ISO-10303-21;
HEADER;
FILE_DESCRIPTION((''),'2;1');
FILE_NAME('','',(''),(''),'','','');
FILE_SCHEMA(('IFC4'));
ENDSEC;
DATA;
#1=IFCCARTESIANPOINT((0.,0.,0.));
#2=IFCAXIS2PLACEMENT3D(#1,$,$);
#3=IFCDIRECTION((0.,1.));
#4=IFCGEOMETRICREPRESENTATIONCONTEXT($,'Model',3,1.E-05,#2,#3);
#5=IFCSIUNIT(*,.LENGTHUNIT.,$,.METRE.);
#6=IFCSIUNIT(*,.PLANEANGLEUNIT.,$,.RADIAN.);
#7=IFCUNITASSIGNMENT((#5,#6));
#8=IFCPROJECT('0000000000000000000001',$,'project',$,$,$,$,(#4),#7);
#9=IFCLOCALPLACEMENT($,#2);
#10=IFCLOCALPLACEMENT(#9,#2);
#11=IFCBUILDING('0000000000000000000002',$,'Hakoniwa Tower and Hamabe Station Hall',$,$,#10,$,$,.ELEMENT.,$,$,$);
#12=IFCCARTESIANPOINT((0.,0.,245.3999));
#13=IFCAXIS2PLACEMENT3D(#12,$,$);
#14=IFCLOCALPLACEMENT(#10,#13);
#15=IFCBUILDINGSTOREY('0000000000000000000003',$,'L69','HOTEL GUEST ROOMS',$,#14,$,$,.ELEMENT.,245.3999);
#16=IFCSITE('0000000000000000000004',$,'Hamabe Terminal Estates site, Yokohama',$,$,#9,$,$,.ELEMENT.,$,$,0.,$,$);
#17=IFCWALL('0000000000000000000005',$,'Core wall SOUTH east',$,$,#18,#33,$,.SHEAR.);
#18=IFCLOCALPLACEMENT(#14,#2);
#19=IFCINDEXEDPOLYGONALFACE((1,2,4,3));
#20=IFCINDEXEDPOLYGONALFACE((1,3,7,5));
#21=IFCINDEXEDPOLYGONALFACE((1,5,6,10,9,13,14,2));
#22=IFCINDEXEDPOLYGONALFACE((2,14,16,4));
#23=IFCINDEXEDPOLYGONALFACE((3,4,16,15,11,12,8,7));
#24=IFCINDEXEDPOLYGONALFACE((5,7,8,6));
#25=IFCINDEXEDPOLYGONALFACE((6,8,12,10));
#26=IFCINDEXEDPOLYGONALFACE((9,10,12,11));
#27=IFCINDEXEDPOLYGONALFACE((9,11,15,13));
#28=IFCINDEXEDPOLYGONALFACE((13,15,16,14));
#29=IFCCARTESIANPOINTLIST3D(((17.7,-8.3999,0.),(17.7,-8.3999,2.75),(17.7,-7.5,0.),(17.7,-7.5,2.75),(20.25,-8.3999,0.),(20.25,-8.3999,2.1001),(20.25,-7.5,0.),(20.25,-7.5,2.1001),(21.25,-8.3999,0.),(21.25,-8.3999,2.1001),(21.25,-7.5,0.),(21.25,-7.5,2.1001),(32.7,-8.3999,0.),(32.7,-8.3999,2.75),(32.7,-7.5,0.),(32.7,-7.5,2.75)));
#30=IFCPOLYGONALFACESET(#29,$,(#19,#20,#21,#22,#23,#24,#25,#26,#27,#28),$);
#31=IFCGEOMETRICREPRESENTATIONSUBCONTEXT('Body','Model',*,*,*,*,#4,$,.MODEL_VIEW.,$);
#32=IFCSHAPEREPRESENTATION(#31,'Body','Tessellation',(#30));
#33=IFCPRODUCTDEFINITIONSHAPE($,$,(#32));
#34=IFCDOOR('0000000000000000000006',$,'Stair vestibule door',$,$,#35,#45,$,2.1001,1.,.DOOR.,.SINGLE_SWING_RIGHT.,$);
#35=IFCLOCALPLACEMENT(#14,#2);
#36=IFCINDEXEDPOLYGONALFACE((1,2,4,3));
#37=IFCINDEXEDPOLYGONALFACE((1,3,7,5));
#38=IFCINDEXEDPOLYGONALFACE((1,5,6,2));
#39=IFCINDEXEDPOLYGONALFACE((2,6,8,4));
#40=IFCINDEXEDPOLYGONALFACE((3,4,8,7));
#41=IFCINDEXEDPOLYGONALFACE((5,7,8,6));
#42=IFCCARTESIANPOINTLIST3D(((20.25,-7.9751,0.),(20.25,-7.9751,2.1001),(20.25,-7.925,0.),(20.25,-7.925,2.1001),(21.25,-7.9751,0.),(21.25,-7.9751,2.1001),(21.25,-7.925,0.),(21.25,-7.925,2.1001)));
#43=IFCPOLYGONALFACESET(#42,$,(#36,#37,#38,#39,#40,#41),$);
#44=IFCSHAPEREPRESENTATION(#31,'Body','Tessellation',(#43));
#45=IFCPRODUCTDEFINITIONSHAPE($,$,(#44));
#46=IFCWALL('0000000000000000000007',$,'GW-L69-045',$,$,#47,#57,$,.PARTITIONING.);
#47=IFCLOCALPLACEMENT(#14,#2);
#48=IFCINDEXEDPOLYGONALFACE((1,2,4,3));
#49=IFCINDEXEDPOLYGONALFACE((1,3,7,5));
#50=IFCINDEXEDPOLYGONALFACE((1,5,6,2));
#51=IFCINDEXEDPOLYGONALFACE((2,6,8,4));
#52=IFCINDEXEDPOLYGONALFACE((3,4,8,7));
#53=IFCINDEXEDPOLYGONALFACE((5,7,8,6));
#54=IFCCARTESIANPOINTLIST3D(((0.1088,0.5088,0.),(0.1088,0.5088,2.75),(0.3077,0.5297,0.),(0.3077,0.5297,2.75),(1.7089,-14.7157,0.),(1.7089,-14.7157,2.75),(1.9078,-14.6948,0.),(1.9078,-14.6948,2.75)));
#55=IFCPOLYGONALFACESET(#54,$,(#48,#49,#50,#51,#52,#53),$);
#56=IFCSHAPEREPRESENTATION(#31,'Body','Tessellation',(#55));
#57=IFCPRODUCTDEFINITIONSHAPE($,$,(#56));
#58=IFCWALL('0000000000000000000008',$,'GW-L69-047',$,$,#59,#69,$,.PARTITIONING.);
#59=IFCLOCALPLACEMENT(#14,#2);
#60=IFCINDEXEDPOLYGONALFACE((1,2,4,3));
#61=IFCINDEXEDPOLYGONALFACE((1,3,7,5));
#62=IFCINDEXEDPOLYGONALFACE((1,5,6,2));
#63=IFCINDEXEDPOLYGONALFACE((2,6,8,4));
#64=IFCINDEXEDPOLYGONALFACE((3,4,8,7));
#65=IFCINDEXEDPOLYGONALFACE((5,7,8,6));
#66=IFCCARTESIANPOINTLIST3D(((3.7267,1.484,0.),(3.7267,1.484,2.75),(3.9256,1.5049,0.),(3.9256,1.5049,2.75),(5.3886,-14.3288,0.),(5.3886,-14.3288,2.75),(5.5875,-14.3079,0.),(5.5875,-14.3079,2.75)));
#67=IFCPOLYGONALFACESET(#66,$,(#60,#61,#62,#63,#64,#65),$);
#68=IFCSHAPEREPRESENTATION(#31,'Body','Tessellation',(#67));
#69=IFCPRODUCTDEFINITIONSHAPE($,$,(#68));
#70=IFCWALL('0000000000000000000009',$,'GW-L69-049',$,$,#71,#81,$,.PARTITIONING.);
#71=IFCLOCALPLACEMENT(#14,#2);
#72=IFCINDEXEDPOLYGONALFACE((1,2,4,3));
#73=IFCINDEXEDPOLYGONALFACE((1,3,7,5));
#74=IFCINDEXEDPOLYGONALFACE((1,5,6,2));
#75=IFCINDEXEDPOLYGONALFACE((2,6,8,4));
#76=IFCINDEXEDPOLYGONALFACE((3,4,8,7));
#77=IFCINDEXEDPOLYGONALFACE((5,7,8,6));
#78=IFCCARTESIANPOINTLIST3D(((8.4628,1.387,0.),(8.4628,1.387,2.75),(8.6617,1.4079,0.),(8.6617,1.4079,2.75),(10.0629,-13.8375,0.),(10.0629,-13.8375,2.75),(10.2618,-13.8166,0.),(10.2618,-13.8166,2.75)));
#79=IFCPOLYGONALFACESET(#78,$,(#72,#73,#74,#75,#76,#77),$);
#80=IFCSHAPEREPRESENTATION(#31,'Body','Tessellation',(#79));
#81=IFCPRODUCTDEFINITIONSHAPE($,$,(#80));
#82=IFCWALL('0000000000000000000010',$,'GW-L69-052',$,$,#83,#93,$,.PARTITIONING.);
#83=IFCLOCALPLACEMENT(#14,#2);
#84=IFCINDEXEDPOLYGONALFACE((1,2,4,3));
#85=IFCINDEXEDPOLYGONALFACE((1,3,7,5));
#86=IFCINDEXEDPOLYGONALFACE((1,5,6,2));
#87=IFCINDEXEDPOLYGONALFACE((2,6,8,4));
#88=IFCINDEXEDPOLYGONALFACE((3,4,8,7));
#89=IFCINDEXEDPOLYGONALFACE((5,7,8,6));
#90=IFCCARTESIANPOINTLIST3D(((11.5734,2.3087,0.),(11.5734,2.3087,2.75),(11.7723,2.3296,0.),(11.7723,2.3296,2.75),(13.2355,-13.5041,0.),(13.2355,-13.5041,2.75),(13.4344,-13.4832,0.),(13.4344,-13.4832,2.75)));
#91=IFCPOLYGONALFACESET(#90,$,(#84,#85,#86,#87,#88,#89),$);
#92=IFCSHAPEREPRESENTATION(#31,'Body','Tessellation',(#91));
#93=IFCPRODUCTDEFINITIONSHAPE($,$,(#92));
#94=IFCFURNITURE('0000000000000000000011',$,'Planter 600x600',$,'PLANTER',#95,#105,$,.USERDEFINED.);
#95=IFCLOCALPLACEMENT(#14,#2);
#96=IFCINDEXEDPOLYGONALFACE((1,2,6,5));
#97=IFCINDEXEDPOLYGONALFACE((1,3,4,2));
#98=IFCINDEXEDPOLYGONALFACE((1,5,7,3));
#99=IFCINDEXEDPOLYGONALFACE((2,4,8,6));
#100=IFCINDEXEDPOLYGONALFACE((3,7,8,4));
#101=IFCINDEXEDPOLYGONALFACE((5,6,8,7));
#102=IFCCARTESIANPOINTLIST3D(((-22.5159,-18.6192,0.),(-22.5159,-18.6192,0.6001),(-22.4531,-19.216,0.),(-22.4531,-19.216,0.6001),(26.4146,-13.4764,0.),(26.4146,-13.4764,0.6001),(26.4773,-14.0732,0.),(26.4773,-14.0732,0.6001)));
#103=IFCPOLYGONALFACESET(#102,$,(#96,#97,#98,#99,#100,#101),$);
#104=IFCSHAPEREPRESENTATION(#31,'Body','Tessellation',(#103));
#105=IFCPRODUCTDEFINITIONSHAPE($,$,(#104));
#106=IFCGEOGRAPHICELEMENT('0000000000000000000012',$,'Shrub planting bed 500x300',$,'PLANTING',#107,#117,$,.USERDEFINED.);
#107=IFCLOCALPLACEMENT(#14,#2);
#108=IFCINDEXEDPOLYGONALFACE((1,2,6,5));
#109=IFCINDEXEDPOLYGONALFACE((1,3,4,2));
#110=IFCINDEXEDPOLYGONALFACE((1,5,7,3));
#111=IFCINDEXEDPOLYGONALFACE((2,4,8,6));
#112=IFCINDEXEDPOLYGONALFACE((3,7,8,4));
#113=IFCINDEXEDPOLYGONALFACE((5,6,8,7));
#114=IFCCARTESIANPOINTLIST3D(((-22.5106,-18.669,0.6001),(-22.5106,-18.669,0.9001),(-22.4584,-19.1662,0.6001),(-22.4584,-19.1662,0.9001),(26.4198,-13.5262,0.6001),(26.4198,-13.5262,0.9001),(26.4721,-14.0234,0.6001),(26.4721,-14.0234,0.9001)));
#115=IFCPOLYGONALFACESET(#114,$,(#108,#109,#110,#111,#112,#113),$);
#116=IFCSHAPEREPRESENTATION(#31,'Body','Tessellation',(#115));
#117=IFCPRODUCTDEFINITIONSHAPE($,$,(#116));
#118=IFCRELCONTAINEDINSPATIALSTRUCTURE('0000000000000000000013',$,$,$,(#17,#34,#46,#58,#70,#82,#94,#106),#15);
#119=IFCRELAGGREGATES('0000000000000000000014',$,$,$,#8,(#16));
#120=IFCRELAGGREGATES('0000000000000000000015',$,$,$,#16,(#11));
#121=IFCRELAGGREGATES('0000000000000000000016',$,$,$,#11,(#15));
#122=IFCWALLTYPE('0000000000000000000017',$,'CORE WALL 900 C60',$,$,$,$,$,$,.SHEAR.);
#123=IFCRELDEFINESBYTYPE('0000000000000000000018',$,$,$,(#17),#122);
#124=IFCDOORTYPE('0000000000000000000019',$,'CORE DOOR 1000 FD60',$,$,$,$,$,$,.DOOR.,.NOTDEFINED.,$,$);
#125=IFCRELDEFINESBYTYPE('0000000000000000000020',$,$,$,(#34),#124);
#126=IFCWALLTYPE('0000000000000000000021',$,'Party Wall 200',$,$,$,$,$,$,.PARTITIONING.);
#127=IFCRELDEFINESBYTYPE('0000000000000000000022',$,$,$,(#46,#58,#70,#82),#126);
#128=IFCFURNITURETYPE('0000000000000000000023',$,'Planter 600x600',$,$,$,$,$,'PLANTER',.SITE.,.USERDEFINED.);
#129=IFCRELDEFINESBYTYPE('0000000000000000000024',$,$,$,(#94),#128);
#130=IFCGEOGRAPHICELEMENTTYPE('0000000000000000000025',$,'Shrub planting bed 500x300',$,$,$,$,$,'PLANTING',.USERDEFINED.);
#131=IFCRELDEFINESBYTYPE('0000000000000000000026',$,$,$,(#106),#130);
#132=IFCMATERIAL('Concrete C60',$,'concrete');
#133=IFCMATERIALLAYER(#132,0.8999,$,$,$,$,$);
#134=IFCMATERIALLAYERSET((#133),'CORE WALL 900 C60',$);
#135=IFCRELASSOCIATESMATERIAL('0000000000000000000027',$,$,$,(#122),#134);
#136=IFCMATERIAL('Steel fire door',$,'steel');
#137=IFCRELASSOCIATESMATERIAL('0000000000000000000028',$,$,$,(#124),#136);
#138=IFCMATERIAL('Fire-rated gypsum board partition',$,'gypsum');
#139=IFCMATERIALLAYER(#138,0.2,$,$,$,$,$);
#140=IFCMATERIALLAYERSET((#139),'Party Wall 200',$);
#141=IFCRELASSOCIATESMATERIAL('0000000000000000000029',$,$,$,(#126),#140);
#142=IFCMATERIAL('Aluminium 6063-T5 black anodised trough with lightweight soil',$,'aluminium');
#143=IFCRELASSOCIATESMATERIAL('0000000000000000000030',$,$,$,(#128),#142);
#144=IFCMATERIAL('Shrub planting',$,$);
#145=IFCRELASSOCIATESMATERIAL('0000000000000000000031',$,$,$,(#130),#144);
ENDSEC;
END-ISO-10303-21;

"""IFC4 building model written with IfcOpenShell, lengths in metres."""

from ifc_helpers import new_model, si_unit, direction, frame, frame_2d, origin, origin_2d, place, context, subcontext, project, spatial, rectangle, extrude, material, layer, layer_set, type_object, element, fill, save


model = new_model("IFC4")

# Units and contexts
model_context = context("Model", 3, precision=1e-05, world=origin(), true_north=direction((0.0, 1.0)))
body_context = subcontext(model_context, "Body", "Model", "MODEL_VIEW")
ifc_project = project(units=[si_unit("LENGTHUNIT", "METRE"), si_unit("PLANEANGLEUNIT", "RADIAN")], contexts=[model_context])

# Site, building, storey
site_placement = place(None, origin())
site = spatial("IfcSite", under=ifc_project, at=site_placement, Name="Hamabe Terminal Estates site, Yokohama", CompositionType="ELEMENT", RefElevation=0.0)
building_placement = place(site_placement, origin())
building = spatial("IfcBuilding", under=site, at=building_placement, Name="Hakoniwa Tower and Hamabe Station Hall", CompositionType="ELEMENT")
storey_placement = place(building_placement, frame((0.0, 0.0, 245.3999)))
storey = spatial("IfcBuildingStorey", under=building, at=storey_placement, Name="L69", Description="HOTEL GUEST ROOMS", CompositionType="ELEMENT", Elevation=245.3999)

# Wall, opening, door
ifc_material_1 = material(Name="Concrete C60", Category="concrete")
ifc_layer_1 = layer(ifc_material_1, 0.8999)
ifc_layer_set_1 = layer_set([ifc_layer_1], Name="CORE WALL 900 C60")
wall_type_1 = type_object("IfcWallType", Name="CORE WALL 900 C60", PredefinedType="SHEAR", material=ifc_layer_set_1)
wall_1_placement = place(storey_placement, frame((17.7, -7.95, 0.0), z_axis=(0.0, 0.0, 1.0), x_axis=(1.0, 0.0, 0.0)))
wall_1 = element("IfcWall", 1, at=wall_1_placement, inside=storey, type_object=wall_type_1, Name="Core wall SOUTH east", PredefinedType="SHEAR", context=body_context, shape_type="SweptSolid", body=[
    extrude(rectangle(XDim=15.0, YDim=0.8999, at=frame_2d((7.5, 0.0))), origin(), (0.0, 0.0, 1.0), 2.75),
])
opening_1_placement = place(wall_1_placement, frame((2.55, 0.0, 0.0)))
opening_1 = element("IfcOpeningElement", 2, at=opening_1_placement, cuts=wall_1, PredefinedType="OPENING", context=body_context, shape_type="SweptSolid", body=[
    extrude(rectangle(XDim=1.0, YDim=2.1001, at=frame_2d((0.5, 1.05))), frame((0.0, 0.46, 0.0), z_axis=(0.0, -1.0, 0.0), x_axis=(1.0, 0.0, 0.0)), (0.0, 0.0, 1.0), 0.9199),
])
ifc_material_2 = material(Name="Steel fire door", Category="steel")
door_type_1 = type_object("IfcDoorType", Name="CORE DOOR 1000 FD60", OperationType="NOTDEFINED", PredefinedType="DOOR", material=ifc_material_2)
door_1_placement = place(opening_1_placement, origin())
door_1 = element("IfcDoor", 3, at=door_1_placement, inside=storey, type_object=door_type_1, Name="Stair vestibule door", OperationType="SINGLE_SWING_RIGHT", OverallHeight=2.1001, OverallWidth=1.0, PredefinedType="DOOR", context=body_context, shape_type="SweptSolid", body=[
    extrude(rectangle(XDim=1.0, YDim=2.1001, at=frame_2d((0.5, 1.05))), frame((0.0, 0.0249, 0.0), z_axis=(0.0, -1.0, 0.0), x_axis=(1.0, 0.0, 0.0)), (0.0, 0.0, 1.0), 0.05),
])
fill(opening_1, door_1)

# Walls
ifc_material_3 = material(Name="Fire-rated gypsum board partition", Category="gypsum")
ifc_layer_2 = layer(ifc_material_3, 0.2)
ifc_layer_set_2 = layer_set([ifc_layer_2], Name="Party Wall 200")
wall_type_2 = type_object("IfcWallType", Name="Party Wall 200", PredefinedType="PARTITIONING", material=ifc_layer_set_2)
wall_2_placement = place(storey_placement, frame((1.8083, -14.7053, 0.0), z_axis=(0.0, 0.0, 1.0), x_axis=(-0.104524, 0.994522, 0.0)))
element("IfcWall", 4, at=wall_2_placement, inside=storey, type_object=wall_type_2, Name="GW-L69-045", PredefinedType="PARTITIONING", context=body_context, shape_type="SweptSolid", body=[
    extrude(rectangle(XDim=15.3083, YDim=0.2, at=frame_2d((7.6543, 0.0))), origin(), (0.0, 0.0, 1.0), 2.75),
])
wall_3_placement = place(storey_placement, frame((5.488, -14.3184, 0.0), z_axis=(0.0, 0.0, 1.0), x_axis=(-0.104521, 0.994523, 0.0)))
element("IfcWall", 5, at=wall_3_placement, inside=storey, type_object=wall_type_2, Name="GW-L69-047", PredefinedType="PARTITIONING", context=body_context, shape_type="SweptSolid", body=[
    extrude(rectangle(XDim=15.8999, YDim=0.2, at=frame_2d((7.95, 0.0))), origin(), (0.0, 0.0, 1.0), 2.75),
])
wall_4_placement = place(storey_placement, frame((10.1624, -13.8271, 0.0), z_axis=(0.0, 0.0, 1.0), x_axis=(-0.104524, 0.994522, 0.0)))
element("IfcWall", 6, at=wall_4_placement, inside=storey, type_object=wall_type_2, Name="GW-L69-049", PredefinedType="PARTITIONING", context=body_context, shape_type="SweptSolid", body=[
    extrude(rectangle(XDim=15.3083, YDim=0.2, at=frame_2d((7.6543, 0.0))), origin(), (0.0, 0.0, 1.0), 2.75),
])
wall_5_placement = place(storey_placement, frame((13.335, -13.4937, 0.0), z_axis=(0.0, 0.0, 1.0), x_axis=(-0.104536, 0.994521, 0.0)))
element("IfcWall", 7, at=wall_5_placement, inside=storey, type_object=wall_type_2, Name="GW-L69-052", PredefinedType="PARTITIONING", context=body_context, shape_type="SweptSolid", body=[
    extrude(rectangle(XDim=15.8999, YDim=0.2, at=frame_2d((7.95, 0.0))), origin(), (0.0, 0.0, 1.0), 2.75),
])

# Furniture
ifc_material_4 = material(Name="Aluminium 6063-T5 black anodised trough with lightweight soil", Category="aluminium")
furniture_type = type_object("IfcFurnitureType", Name="Planter 600x600", ElementType="PLANTER", AssemblyPlace="SITE", PredefinedType="USERDEFINED", material=ifc_material_4)
furniture_placement = place(storey_placement, frame((1.9807, -16.3462, 0.0), z_axis=(0.0, 0.0, 1.0), x_axis=(0.994522, 0.104528, 0.0)))
element("IfcFurniture", 8, at=furniture_placement, inside=storey, type_object=furniture_type, Name="Planter 600x600", ObjectType="PLANTER", PredefinedType="USERDEFINED", context=body_context, shape_type="SweptSolid", body=[
    extrude(rectangle(XDim=49.2, YDim=0.6001, at=origin_2d()), origin(), (0.0, 0.0, 1.0), 0.6001),
])

# Geographic element
ifc_material_5 = material(Name="Shrub planting")
geographic_element_type = type_object("IfcGeographicElementType", Name="Shrub planting bed 500x300", ElementType="PLANTING", PredefinedType="USERDEFINED", material=ifc_material_5)
geographic_element_placement = place(storey_placement, frame((1.9807, -16.3462, 0.6001), z_axis=(0.0, 0.0, 1.0), x_axis=(0.994522, 0.104528, 0.0)))
element("IfcGeographicElement", 9, at=geographic_element_placement, inside=storey, type_object=geographic_element_type, Name="Shrub planting bed 500x300", ObjectType="PLANTING", PredefinedType="USERDEFINED", context=body_context, shape_type="SweptSolid", body=[
    extrude(rectangle(XDim=49.2, YDim=0.5, at=origin_2d()), origin(), (0.0, 0.0, 1.0), 0.3),
])

save(model, "model.ifc")
